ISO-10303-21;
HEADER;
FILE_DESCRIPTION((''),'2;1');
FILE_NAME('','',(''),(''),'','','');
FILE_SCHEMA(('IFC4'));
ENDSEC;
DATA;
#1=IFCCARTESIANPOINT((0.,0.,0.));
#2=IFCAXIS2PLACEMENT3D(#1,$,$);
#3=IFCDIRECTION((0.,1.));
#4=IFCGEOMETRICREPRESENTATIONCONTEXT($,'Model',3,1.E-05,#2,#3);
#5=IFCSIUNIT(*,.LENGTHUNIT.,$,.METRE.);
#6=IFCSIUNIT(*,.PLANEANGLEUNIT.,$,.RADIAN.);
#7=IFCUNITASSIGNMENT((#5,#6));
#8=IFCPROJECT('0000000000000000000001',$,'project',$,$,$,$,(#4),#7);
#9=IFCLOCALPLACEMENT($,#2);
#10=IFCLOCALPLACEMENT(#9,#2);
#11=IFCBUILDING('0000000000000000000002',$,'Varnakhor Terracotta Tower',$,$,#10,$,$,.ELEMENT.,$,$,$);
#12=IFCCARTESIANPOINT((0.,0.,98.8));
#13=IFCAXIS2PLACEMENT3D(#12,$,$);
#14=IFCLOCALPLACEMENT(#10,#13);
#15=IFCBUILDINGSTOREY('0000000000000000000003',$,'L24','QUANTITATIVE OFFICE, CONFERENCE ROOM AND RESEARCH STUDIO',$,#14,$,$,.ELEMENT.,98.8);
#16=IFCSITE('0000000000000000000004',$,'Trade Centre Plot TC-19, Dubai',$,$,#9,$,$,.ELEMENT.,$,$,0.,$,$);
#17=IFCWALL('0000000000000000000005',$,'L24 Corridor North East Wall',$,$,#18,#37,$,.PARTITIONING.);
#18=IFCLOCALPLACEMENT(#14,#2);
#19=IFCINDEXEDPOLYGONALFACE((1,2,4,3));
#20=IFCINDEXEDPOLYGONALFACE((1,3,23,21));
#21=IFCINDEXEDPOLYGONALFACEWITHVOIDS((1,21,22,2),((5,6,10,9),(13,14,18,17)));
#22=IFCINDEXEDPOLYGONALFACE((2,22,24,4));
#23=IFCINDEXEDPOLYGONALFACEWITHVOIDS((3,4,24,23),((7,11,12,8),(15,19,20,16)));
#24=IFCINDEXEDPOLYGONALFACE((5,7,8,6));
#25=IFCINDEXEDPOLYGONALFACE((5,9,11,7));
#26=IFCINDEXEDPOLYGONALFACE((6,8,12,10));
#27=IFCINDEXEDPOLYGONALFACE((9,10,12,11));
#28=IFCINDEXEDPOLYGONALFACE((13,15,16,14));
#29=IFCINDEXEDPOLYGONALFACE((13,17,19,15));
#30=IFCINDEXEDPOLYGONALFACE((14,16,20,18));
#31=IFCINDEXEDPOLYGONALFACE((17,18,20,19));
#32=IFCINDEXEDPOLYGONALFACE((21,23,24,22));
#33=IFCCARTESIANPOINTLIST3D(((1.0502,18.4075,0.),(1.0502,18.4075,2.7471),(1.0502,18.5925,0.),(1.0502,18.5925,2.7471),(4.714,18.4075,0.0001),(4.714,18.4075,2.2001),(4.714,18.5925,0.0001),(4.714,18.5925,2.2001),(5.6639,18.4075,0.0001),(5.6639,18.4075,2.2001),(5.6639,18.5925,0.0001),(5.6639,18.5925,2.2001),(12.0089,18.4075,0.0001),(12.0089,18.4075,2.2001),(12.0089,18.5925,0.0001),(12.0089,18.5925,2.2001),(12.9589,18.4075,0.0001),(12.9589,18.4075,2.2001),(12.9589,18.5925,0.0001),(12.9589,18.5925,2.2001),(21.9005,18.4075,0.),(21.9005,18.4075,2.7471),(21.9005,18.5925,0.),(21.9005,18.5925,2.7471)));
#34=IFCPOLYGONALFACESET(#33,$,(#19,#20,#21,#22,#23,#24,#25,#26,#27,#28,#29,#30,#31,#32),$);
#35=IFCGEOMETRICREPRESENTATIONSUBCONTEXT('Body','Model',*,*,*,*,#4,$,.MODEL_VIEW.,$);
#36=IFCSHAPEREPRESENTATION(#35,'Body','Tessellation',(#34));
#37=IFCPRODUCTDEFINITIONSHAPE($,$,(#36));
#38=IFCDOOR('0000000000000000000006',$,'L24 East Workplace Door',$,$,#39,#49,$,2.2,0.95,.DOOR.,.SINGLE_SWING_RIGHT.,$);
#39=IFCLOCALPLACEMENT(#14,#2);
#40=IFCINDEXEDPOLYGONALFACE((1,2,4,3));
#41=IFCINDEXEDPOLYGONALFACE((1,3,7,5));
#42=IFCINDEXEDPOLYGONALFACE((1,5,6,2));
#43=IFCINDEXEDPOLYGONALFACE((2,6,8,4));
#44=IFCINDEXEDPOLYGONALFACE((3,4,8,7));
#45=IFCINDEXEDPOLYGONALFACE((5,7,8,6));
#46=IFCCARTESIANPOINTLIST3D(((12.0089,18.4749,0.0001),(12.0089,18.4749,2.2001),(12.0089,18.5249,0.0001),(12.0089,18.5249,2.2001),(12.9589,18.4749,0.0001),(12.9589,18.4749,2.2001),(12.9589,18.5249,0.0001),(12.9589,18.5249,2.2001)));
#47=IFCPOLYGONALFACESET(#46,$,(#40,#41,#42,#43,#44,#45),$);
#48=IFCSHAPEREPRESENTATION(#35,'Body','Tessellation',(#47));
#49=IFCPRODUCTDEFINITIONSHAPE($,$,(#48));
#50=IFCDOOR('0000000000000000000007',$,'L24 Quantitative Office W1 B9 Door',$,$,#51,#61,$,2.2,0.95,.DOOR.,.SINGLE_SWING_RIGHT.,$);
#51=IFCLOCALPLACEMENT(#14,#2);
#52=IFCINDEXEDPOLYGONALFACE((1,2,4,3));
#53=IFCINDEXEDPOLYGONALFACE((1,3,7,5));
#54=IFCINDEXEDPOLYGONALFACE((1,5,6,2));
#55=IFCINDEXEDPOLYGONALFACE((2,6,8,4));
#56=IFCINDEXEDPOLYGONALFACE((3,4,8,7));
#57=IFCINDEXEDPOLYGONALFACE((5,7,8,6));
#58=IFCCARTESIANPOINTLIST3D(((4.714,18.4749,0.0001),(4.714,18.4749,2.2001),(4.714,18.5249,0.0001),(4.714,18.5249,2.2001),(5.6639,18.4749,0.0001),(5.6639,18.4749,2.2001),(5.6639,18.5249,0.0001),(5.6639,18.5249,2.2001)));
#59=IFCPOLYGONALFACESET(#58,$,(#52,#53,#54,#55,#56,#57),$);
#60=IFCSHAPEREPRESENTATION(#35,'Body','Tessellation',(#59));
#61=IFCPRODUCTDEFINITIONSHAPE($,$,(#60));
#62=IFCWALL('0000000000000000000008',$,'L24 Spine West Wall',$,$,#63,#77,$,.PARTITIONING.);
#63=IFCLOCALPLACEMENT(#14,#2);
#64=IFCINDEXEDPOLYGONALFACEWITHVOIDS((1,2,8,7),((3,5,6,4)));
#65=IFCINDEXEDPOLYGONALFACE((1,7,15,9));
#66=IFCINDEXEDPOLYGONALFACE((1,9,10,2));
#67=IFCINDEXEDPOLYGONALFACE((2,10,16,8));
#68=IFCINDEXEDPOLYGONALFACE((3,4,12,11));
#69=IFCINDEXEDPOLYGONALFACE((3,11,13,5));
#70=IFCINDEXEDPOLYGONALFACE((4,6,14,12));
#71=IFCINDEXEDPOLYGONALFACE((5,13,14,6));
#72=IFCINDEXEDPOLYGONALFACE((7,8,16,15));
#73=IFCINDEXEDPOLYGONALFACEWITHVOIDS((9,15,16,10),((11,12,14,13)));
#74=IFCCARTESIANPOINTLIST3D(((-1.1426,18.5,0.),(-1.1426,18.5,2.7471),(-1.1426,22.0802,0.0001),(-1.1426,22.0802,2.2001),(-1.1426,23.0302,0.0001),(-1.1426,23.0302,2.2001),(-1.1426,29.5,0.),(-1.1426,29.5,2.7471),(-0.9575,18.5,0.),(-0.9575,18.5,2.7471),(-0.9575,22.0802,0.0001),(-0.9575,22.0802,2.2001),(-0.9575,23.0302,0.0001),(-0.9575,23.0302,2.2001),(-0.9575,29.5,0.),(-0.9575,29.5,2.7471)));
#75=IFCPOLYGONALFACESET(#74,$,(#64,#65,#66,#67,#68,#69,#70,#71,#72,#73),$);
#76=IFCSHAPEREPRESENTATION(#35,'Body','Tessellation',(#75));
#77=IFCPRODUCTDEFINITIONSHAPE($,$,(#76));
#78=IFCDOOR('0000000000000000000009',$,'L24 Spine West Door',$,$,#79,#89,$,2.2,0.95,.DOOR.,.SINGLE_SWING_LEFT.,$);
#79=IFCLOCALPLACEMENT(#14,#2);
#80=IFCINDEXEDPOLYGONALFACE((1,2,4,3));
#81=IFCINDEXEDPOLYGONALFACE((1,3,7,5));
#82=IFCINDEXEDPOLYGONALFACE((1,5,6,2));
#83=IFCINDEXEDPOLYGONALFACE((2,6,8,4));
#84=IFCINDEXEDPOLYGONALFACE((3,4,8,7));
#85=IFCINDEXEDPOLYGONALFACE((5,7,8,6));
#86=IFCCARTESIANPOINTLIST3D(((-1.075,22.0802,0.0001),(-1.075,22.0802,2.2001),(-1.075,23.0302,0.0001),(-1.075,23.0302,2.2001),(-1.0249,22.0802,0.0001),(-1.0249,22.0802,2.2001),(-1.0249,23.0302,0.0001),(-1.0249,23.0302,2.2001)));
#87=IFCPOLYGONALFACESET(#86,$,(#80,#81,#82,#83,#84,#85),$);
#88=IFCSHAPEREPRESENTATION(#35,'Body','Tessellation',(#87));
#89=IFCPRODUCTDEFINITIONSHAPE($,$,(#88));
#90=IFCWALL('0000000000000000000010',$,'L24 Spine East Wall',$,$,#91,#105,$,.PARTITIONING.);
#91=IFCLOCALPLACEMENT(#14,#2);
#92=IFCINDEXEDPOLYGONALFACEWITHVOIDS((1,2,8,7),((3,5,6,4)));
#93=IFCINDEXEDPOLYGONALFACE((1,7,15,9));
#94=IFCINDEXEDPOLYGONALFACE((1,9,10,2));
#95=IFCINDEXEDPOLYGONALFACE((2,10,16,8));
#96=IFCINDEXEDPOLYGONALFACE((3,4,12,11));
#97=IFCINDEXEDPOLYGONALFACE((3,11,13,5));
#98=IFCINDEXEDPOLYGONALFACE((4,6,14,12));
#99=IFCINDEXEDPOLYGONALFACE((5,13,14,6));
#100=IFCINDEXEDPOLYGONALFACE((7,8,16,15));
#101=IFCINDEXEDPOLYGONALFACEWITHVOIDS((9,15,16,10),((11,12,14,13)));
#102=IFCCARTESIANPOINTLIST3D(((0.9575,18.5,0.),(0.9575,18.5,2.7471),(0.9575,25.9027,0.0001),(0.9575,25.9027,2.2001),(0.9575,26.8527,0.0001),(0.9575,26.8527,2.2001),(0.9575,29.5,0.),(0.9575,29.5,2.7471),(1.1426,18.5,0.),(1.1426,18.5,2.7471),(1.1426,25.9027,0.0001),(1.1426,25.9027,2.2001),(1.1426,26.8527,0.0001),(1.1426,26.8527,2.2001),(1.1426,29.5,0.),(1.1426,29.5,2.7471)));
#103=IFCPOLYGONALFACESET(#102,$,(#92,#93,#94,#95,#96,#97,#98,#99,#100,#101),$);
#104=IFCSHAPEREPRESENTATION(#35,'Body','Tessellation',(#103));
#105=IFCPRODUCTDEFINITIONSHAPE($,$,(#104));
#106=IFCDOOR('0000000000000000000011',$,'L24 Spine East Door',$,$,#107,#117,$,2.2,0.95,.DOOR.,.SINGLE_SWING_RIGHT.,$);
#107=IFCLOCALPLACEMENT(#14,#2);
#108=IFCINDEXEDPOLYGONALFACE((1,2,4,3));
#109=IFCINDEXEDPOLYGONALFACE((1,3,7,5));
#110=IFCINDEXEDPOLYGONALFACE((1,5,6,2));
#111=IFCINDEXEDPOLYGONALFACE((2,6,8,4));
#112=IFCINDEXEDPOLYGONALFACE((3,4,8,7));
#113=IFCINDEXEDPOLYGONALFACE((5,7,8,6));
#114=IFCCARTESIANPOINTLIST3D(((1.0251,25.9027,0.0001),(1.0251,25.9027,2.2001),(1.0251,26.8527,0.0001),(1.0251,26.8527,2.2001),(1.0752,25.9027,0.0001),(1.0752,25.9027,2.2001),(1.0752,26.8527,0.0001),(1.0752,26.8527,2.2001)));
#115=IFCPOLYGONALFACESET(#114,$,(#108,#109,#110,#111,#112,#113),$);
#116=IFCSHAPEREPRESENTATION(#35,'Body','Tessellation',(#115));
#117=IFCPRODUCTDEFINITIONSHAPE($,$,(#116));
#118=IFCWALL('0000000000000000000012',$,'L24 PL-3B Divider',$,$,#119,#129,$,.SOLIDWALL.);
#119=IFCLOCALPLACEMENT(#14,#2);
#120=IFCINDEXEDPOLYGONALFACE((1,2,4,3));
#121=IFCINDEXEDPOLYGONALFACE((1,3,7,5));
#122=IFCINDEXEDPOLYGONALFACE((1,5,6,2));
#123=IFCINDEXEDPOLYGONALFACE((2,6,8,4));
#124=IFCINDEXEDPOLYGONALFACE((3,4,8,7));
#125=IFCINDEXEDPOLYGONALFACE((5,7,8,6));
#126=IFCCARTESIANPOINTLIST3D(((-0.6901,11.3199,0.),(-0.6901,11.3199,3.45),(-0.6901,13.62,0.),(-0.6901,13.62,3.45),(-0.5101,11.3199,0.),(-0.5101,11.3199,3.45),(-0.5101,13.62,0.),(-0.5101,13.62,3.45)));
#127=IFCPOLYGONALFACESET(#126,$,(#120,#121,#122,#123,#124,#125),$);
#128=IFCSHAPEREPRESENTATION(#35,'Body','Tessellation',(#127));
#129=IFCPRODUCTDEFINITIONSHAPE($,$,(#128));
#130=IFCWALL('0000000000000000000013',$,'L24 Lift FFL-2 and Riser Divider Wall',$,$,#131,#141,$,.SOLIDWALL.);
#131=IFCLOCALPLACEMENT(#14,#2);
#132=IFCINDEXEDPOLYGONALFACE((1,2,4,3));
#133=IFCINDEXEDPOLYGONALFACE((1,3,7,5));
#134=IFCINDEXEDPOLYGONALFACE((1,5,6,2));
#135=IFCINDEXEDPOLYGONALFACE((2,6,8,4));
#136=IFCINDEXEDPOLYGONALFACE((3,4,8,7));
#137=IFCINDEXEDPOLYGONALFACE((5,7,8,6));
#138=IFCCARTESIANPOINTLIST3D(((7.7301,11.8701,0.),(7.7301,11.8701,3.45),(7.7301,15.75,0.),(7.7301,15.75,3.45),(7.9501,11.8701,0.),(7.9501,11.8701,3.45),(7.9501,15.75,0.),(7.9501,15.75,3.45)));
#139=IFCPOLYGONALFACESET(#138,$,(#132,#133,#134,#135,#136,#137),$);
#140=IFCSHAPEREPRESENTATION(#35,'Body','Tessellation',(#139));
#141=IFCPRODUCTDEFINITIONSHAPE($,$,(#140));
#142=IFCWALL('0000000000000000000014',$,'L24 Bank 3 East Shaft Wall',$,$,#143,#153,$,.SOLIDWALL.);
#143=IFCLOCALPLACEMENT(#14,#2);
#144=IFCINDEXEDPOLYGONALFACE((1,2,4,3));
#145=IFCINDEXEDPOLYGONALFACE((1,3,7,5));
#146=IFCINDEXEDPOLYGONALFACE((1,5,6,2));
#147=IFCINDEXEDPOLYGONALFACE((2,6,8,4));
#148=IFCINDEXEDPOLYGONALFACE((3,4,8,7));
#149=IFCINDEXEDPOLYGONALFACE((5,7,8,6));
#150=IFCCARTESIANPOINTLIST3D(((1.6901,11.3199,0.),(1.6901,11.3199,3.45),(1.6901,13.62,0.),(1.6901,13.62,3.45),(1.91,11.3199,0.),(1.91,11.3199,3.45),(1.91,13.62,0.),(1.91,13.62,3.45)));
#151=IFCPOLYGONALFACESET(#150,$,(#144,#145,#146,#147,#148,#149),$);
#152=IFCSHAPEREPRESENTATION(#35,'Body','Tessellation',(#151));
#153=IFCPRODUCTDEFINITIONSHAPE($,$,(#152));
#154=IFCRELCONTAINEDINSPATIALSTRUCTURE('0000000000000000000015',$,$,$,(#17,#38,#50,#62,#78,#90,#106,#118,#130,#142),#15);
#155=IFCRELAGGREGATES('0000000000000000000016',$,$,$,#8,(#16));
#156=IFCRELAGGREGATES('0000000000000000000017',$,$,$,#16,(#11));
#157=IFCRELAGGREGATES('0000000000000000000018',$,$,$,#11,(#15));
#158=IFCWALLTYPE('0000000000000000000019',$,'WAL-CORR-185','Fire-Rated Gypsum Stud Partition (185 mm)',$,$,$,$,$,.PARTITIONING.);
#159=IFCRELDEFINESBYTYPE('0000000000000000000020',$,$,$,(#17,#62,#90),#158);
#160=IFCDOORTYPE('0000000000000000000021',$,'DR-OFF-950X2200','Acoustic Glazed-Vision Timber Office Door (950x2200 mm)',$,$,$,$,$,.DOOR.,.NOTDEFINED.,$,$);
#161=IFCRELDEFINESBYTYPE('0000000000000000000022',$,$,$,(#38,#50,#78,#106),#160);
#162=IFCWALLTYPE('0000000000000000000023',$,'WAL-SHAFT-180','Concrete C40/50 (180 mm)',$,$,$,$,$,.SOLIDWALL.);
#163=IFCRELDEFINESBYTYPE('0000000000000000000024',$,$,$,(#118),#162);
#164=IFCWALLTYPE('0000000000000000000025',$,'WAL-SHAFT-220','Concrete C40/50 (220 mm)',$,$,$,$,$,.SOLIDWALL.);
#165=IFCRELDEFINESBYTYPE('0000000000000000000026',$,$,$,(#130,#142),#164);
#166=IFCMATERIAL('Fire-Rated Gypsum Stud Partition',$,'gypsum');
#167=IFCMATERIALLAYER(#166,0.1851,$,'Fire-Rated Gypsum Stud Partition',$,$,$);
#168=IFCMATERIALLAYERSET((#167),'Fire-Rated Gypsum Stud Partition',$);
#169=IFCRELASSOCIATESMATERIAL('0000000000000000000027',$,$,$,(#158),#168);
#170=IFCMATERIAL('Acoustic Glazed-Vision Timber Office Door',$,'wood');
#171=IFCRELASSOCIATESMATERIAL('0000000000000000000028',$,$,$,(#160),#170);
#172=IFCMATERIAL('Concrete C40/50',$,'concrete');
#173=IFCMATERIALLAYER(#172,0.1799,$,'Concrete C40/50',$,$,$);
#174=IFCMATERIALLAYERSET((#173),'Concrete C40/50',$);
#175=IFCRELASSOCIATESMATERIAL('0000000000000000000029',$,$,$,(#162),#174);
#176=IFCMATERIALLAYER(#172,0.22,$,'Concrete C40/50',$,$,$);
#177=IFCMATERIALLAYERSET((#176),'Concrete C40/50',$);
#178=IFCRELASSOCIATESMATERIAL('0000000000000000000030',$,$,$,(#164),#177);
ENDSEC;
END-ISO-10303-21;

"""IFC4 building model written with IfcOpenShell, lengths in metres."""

from ifc_helpers import new_model, si_unit, direction, frame, frame_2d, origin, place, context, subcontext, project, spatial, rectangle, extrude, source, transform, mapped, material, layer, layer_set, type_object, type_shapes, element, fill, save


model = new_model("IFC4")

# Units and contexts
model_context = context("Model", 3, precision=1e-05, world=origin(), true_north=direction((0.0, 1.0)))
body_context = subcontext(model_context, "Body", "Model", "MODEL_VIEW")
ifc_project = project(units=[si_unit("LENGTHUNIT", "METRE"), si_unit("PLANEANGLEUNIT", "RADIAN")], contexts=[model_context])

# Site, building, storey
site_placement = place(None, origin())
site = spatial("IfcSite", under=ifc_project, at=site_placement, Name="Trade Centre Plot TC-19, Dubai", CompositionType="ELEMENT", RefElevation=0.0)
building_placement = place(site_placement, origin())
building = spatial("IfcBuilding", under=site, at=building_placement, Name="Varnakhor Terracotta Tower", CompositionType="ELEMENT")
storey_placement = place(building_placement, frame((0.0, 0.0, 98.8)))
storey = spatial("IfcBuildingStorey", under=building, at=storey_placement, Name="L24", Description="QUANTITATIVE OFFICE, CONFERENCE ROOM AND RESEARCH STUDIO", CompositionType="ELEMENT", Elevation=98.8)

# Wall, openings, doors
ifc_material_1 = material(Name="Fire-Rated Gypsum Stud Partition", Category="gypsum")
ifc_layer_1 = layer(ifc_material_1, 0.1851, Name="Fire-Rated Gypsum Stud Partition")
ifc_layer_set_1 = layer_set([ifc_layer_1], Name="Fire-Rated Gypsum Stud Partition")
wall_type_1 = type_object("IfcWallType", Name="WAL-CORR-185", Description="Fire-Rated Gypsum Stud Partition (185 mm)", PredefinedType="PARTITIONING", material=ifc_layer_set_1)
wall_1_placement = place(storey_placement, frame((1.05, 18.5, 0.0), z_axis=(0.0, 0.0, 1.0), x_axis=(1.0, 0.0, 0.0)))
wall_1 = element("IfcWall", 1, at=wall_1_placement, inside=storey, type_object=wall_type_1, Name="L24 Corridor North East Wall", PredefinedType="PARTITIONING", context=body_context, shape_type="SweptSolid", body=[
    extrude(rectangle(XDim=20.8503, YDim=0.1851, at=frame_2d((10.4253, 0.0))), origin(), (0.0, 0.0, 1.0), 2.7471),
])
opening_1_placement = place(wall_1_placement, frame((10.9587, 0.0, 0.0)))
opening_1 = element("IfcOpeningElement", 2, at=opening_1_placement, cuts=wall_1, PredefinedType="OPENING", context=body_context, shape_type="SweptSolid", body=[
    extrude(rectangle(XDim=0.95, YDim=2.2, at=frame_2d((0.4751, 1.1001))), frame((0.0, 0.1025, 0.0), z_axis=(0.0, -1.0, 0.0), x_axis=(1.0, 0.0, 0.0)), (0.0, 0.0, 1.0), 0.2051),
])
opening_2_placement = place(wall_1_placement, frame((3.6638, 0.0, 0.0)))
opening_2 = element("IfcOpeningElement", 3, at=opening_2_placement, cuts=wall_1, PredefinedType="OPENING", context=body_context, shape_type="SweptSolid", body=[
    extrude(rectangle(XDim=0.95, YDim=2.2, at=frame_2d((0.4751, 1.1001))), frame((0.0, 0.1025, 0.0), z_axis=(0.0, -1.0, 0.0), x_axis=(1.0, 0.0, 0.0)), (0.0, 0.0, 1.0), 0.2051),
])
ifc_material_2 = material(Name="Acoustic Glazed-Vision Timber Office Door", Category="wood")
door_type_1 = type_object("IfcDoorType", Name="DR-OFF-950X2200", Description="Acoustic Glazed-Vision Timber Office Door (950x2200 mm)", OperationType="NOTDEFINED", PredefinedType="DOOR", material=ifc_material_2)
shared_shape_1 = source(origin(), body_context, "Body", "SweptSolid", [
    extrude(rectangle(XDim=0.95, YDim=2.2, at=frame_2d((0.4751, 1.1001))), frame((0.0, 0.0249, 0.0), z_axis=(0.0, -1.0, 0.0), x_axis=(1.0, 0.0, 0.0)), (0.0, 0.0, 1.0), 0.05),
])
type_shapes(door_type_1, [shared_shape_1])
door_1_placement = place(opening_1_placement, origin())
door_1 = element("IfcDoor", 4, at=door_1_placement, inside=storey, type_object=door_type_1, Name="L24 East Workplace Door", OperationType="SINGLE_SWING_RIGHT", OverallHeight=2.2, OverallWidth=0.95, PredefinedType="DOOR", context=body_context, shape_type="MappedRepresentation", body=[
    mapped(shared_shape_1, transform((0.0, 0.0, 0.0), scale=1.0)),
])
fill(opening_1, door_1)
door_2_placement = place(opening_2_placement, origin())
door_2 = element("IfcDoor", 5, at=door_2_placement, inside=storey, type_object=door_type_1, Name="L24 Quantitative Office W1 B9 Door", OperationType="SINGLE_SWING_RIGHT", OverallHeight=2.2, OverallWidth=0.95, PredefinedType="DOOR", context=body_context, shape_type="MappedRepresentation", body=[
    mapped(shared_shape_1, transform((0.0, 0.0, 0.0), scale=1.0)),
])
fill(opening_2, door_2)

# Walls, openings, doors
wall_2_placement = place(storey_placement, frame((-1.05, 18.5, 0.0), z_axis=(0.0, 0.0, 1.0), x_axis=(0.0, 1.0, 0.0)))
wall_2 = element("IfcWall", 6, at=wall_2_placement, inside=storey, type_object=wall_type_1, Name="L24 Spine West Wall", PredefinedType="PARTITIONING", context=body_context, shape_type="SweptSolid", body=[
    extrude(rectangle(XDim=11.0, YDim=0.1851, at=frame_2d((5.5, 0.0))), origin(), (0.0, 0.0, 1.0), 2.7471),
])
opening_3_placement = place(wall_2_placement, frame((3.5801, 0.0, 0.0)))
opening_3 = element("IfcOpeningElement", 7, at=opening_3_placement, cuts=wall_2, PredefinedType="OPENING", context=body_context, shape_type="SweptSolid", body=[
    extrude(rectangle(XDim=0.95, YDim=2.2, at=frame_2d((0.4751, 1.1001))), frame((0.0, 0.1025, 0.0), z_axis=(0.0, -1.0, 0.0), x_axis=(1.0, 0.0, 0.0)), (0.0, 0.0, 1.0), 0.2051),
])
door_3_placement = place(opening_3_placement, origin())
door_3 = element("IfcDoor", 8, at=door_3_placement, inside=storey, type_object=door_type_1, Name="L24 Spine West Door", OperationType="SINGLE_SWING_LEFT", OverallHeight=2.2, OverallWidth=0.95, PredefinedType="DOOR", context=body_context, shape_type="MappedRepresentation", body=[
    mapped(shared_shape_1, transform((0.0, 0.0, 0.0), scale=1.0)),
])
fill(opening_3, door_3)
wall_3_placement = place(storey_placement, frame((1.05, 18.5, 0.0), z_axis=(0.0, 0.0, 1.0), x_axis=(0.0, 1.0, 0.0)))
wall_3 = element("IfcWall", 9, at=wall_3_placement, inside=storey, type_object=wall_type_1, Name="L24 Spine East Wall", PredefinedType="PARTITIONING", context=body_context, shape_type="SweptSolid", body=[
    extrude(rectangle(XDim=11.0, YDim=0.1851, at=frame_2d((5.5, 0.0))), origin(), (0.0, 0.0, 1.0), 2.7471),
])
opening_4_placement = place(wall_3_placement, frame((7.4026, 0.0, 0.0)))
opening_4 = element("IfcOpeningElement", 10, at=opening_4_placement, cuts=wall_3, PredefinedType="OPENING", context=body_context, shape_type="SweptSolid", body=[
    extrude(rectangle(XDim=0.95, YDim=2.2, at=frame_2d((0.4751, 1.1001))), frame((0.0, 0.1025, 0.0), z_axis=(0.0, -1.0, 0.0), x_axis=(1.0, 0.0, 0.0)), (0.0, 0.0, 1.0), 0.2051),
])
door_4_placement = place(opening_4_placement, origin())
door_4 = element("IfcDoor", 11, at=door_4_placement, inside=storey, type_object=door_type_1, Name="L24 Spine East Door", OperationType="SINGLE_SWING_RIGHT", OverallHeight=2.2, OverallWidth=0.95, PredefinedType="DOOR", context=body_context, shape_type="MappedRepresentation", body=[
    mapped(shared_shape_1, transform((0.0, 0.0, 0.0), scale=1.0)),
])
fill(opening_4, door_4)

# Walls
ifc_material_3 = material(Name="Concrete C40/50", Category="concrete")
ifc_layer_2 = layer(ifc_material_3, 0.1799, Name="Concrete C40/50")
ifc_layer_set_2 = layer_set([ifc_layer_2], Name="Concrete C40/50")
wall_type_2 = type_object("IfcWallType", Name="WAL-SHAFT-180", Description="Concrete C40/50 (180 mm)", PredefinedType="SOLIDWALL", material=ifc_layer_set_2)
wall_4_placement = place(storey_placement, frame((-0.6001, 11.3201, 0.0), z_axis=(0.0, 0.0, 1.0), x_axis=(0.0, 1.0, 0.0)))
element("IfcWall", 12, at=wall_4_placement, inside=storey, type_object=wall_type_2, Name="L24 PL-3B Divider", PredefinedType="SOLIDWALL", context=body_context, shape_type="SweptSolid", body=[
    extrude(rectangle(XDim=2.3, YDim=0.1799, at=frame_2d((1.1499, 0.0))), origin(), (0.0, 0.0, 1.0), 3.45),
])
ifc_layer_3 = layer(ifc_material_3, 0.22, Name="Concrete C40/50")
ifc_layer_set_3 = layer_set([ifc_layer_3], Name="Concrete C40/50")
wall_type_3 = type_object("IfcWallType", Name="WAL-SHAFT-220", Description="Concrete C40/50 (220 mm)", PredefinedType="SOLIDWALL", material=ifc_layer_set_3)
wall_5_placement = place(storey_placement, frame((7.8401, 11.8701, 0.0), z_axis=(0.0, 0.0, 1.0), x_axis=(0.0, 1.0, 0.0)))
element("IfcWall", 13, at=wall_5_placement, inside=storey, type_object=wall_type_3, Name="L24 Lift FFL-2 and Riser Divider Wall", PredefinedType="SOLIDWALL", context=body_context, shape_type="SweptSolid", body=[
    extrude(rectangle(XDim=3.8799, YDim=0.22, at=frame_2d((1.9399, 0.0))), origin(), (0.0, 0.0, 1.0), 3.45),
])
wall_6_placement = place(storey_placement, frame((1.8, 11.3201, 0.0), z_axis=(0.0, 0.0, 1.0), x_axis=(0.0, 1.0, 0.0)))
element("IfcWall", 14, at=wall_6_placement, inside=storey, type_object=wall_type_3, Name="L24 Bank 3 East Shaft Wall", PredefinedType="SOLIDWALL", context=body_context, shape_type="SweptSolid", body=[
    extrude(rectangle(XDim=2.3, YDim=0.22, at=frame_2d((1.1499, 0.0))), origin(), (0.0, 0.0, 1.0), 3.45),
])

save(model, "model.ifc")
